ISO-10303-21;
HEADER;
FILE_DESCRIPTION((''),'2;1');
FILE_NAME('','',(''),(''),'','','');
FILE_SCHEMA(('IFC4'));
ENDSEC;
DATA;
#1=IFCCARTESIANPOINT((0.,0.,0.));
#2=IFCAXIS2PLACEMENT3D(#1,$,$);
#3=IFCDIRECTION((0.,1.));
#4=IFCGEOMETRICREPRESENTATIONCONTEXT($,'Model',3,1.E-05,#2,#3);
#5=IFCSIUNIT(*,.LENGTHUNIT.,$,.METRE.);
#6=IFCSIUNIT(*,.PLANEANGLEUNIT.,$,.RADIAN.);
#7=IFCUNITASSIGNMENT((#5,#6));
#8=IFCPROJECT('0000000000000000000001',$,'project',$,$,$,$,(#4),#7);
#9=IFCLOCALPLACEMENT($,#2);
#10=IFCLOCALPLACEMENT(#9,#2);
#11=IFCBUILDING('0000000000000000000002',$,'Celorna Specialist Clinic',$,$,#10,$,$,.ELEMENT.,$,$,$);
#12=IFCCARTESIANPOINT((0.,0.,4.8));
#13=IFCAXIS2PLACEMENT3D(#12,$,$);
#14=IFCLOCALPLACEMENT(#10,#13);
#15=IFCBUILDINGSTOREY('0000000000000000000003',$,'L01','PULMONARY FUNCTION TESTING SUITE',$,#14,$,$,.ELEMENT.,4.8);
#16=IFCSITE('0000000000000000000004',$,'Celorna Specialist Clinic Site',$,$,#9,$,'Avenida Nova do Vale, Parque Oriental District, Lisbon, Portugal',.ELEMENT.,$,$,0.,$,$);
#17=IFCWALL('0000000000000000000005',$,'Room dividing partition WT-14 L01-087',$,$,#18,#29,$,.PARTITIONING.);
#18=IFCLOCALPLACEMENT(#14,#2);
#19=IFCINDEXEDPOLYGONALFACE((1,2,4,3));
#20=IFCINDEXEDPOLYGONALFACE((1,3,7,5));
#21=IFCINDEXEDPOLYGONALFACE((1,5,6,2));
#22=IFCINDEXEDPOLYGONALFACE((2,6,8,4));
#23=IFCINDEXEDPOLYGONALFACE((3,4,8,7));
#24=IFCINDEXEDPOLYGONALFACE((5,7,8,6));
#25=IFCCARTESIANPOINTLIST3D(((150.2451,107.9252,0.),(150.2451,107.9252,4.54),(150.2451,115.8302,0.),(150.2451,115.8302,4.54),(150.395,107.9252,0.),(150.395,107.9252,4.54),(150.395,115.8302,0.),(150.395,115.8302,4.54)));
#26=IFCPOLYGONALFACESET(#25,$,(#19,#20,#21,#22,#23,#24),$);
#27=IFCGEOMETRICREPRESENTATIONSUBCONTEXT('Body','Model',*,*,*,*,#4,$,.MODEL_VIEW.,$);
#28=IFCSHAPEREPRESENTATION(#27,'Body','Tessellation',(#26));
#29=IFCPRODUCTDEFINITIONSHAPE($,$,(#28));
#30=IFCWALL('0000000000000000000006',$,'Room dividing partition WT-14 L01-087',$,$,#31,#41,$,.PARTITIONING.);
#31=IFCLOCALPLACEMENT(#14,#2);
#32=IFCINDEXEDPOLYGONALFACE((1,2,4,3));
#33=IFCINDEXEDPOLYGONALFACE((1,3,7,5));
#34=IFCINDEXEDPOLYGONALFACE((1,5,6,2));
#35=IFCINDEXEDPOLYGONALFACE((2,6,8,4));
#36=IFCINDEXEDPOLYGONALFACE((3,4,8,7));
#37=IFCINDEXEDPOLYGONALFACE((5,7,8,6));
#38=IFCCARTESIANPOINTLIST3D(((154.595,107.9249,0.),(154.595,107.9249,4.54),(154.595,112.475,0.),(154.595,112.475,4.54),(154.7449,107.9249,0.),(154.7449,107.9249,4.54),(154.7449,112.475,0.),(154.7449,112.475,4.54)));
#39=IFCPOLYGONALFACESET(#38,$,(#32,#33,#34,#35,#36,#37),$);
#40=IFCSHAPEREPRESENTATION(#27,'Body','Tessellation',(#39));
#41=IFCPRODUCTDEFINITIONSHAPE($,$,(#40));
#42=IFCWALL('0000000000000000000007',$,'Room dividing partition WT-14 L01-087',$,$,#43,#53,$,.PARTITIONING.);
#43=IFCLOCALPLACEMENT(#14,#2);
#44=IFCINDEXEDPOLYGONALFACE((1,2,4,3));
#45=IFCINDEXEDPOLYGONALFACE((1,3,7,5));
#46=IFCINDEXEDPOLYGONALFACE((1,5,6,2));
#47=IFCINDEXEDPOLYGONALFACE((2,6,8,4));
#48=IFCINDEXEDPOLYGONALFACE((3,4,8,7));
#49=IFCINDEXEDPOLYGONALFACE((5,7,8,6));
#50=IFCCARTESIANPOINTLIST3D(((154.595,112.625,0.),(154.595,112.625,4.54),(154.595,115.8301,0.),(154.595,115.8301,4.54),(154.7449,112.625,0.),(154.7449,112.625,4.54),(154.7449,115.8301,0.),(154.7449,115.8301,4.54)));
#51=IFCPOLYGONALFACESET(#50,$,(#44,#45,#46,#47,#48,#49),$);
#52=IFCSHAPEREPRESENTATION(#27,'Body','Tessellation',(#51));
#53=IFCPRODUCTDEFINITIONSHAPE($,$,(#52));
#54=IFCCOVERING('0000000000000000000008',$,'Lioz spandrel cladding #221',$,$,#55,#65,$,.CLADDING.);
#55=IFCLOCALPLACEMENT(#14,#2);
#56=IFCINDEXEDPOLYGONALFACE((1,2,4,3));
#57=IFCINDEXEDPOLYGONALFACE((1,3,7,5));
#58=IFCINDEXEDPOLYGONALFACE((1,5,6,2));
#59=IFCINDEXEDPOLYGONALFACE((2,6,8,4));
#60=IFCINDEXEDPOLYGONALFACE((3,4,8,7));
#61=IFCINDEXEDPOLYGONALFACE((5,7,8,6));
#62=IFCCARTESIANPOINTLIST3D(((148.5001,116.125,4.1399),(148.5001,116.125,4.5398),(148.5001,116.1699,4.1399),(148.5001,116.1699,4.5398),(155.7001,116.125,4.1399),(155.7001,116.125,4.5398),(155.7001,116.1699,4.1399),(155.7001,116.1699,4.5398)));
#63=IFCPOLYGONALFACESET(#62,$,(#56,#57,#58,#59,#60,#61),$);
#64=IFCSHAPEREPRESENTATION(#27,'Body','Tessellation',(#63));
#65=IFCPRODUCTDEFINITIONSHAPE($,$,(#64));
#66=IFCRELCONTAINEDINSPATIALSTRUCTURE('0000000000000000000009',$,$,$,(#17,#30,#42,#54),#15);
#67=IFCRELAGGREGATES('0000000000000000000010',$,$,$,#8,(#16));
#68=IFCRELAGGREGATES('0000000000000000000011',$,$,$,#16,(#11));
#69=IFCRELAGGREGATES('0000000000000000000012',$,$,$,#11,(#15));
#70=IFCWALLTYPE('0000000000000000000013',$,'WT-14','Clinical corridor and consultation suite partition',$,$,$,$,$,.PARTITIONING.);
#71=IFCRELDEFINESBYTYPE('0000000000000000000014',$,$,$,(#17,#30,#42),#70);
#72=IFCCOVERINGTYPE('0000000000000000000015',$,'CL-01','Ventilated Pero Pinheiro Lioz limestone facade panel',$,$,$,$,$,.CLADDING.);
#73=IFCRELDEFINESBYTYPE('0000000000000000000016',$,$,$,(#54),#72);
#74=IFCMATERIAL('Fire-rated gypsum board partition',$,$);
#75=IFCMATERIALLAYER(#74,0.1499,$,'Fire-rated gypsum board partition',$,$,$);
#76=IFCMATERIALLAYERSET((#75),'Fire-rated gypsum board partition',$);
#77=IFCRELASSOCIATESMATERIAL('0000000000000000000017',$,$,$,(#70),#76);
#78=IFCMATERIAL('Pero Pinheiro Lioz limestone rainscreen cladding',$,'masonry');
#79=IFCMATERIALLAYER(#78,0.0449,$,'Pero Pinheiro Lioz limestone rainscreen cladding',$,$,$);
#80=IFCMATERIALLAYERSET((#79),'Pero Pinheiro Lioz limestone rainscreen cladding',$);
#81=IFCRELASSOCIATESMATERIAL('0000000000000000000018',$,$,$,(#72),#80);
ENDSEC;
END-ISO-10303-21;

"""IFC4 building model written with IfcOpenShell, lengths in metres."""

from ifc_helpers import new_model, si_unit, direction, frame, frame_2d, origin, origin_2d, place, context, subcontext, project, spatial, rectangle, extrude, material, layer, layer_set, type_object, element, save


model = new_model("IFC4")

# Units and contexts
model_context = context("Model", 3, precision=1e-05, world=origin(), true_north=direction((0.0, 1.0)))
body_context = subcontext(model_context, "Body", "Model", "MODEL_VIEW")
ifc_project = project(units=[si_unit("LENGTHUNIT", "METRE"), si_unit("PLANEANGLEUNIT", "RADIAN")], contexts=[model_context])

# Site, building, storey
site_placement = place(None, origin())
site = spatial("IfcSite", under=ifc_project, at=site_placement, Name="Celorna Specialist Clinic Site", LongName="Avenida Nova do Vale, Parque Oriental District, Lisbon, Portugal", CompositionType="ELEMENT", RefElevation=0.0)
building_placement = place(site_placement, origin())
building = spatial("IfcBuilding", under=site, at=building_placement, Name="Celorna Specialist Clinic", CompositionType="ELEMENT")
storey_placement = place(building_placement, frame((0.0, 0.0, 4.8)))
storey = spatial("IfcBuildingStorey", under=building, at=storey_placement, Name="L01", Description="PULMONARY FUNCTION TESTING SUITE", CompositionType="ELEMENT", Elevation=4.8)

# Shared definitions
ifc_material_1 = material(Name="Fire-rated gypsum board partition")
ifc_layer_1 = layer(ifc_material_1, 0.1499, Name="Fire-rated gypsum board partition")
ifc_layer_set_1 = layer_set([ifc_layer_1], Name="Fire-rated gypsum board partition")
wall_type_1 = type_object("IfcWallType", Name="WT-14", Description="Clinical corridor and consultation suite partition", PredefinedType="PARTITIONING", material=ifc_layer_set_1)

# Walls
wall_1_placement = place(storey_placement, frame((150.3201, 107.925, 0.0), z_axis=(0.0, 0.0, 1.0), x_axis=(0.0, 1.0, 0.0)))
element("IfcWall", 1, at=wall_1_placement, inside=storey, type_object=wall_type_1, Name="Room dividing partition WT-14 L01-087", PredefinedType="PARTITIONING", context=body_context, shape_type="SweptSolid", body=[
    extrude(rectangle(XDim=7.905, YDim=0.1499, at=frame_2d((3.9526, 0.0))), origin(), (0.0, 0.0, 1.0), 4.54),
])
wall_2_placement = place(storey_placement, frame((154.6699, 107.925, 0.0), z_axis=(0.0, 0.0, 1.0), x_axis=(0.0, 1.0, 0.0)))
element("IfcWall", 2, at=wall_2_placement, inside=storey, type_object=wall_type_1, Name="Room dividing partition WT-14 L01-087", PredefinedType="PARTITIONING", context=body_context, shape_type="SweptSolid", body=[
    extrude(rectangle(XDim=4.55, YDim=0.1499, at=frame_2d((2.2749, 0.0))), origin(), (0.0, 0.0, 1.0), 4.54),
])
wall_3_placement = place(storey_placement, frame((154.6699, 112.625, 0.0), z_axis=(0.0, 0.0, 1.0), x_axis=(0.0, 1.0, 0.0)))
element("IfcWall", 3, at=wall_3_placement, inside=storey, type_object=wall_type_1, Name="Room dividing partition WT-14 L01-087", PredefinedType="PARTITIONING", context=body_context, shape_type="SweptSolid", body=[
    extrude(rectangle(XDim=3.2051, YDim=0.1499, at=frame_2d((1.6025, 0.0))), origin(), (0.0, 0.0, 1.0), 4.54),
])

# Covering
ifc_material_2 = material(Name="Pero Pinheiro Lioz limestone rainscreen cladding", Category="masonry")
ifc_layer_2 = layer(ifc_material_2, 0.0449, Name="Pero Pinheiro Lioz limestone rainscreen cladding")
ifc_layer_set_2 = layer_set([ifc_layer_2], Name="Pero Pinheiro Lioz limestone rainscreen cladding")
covering_type = type_object("IfcCoveringType", Name="CL-01", Description="Ventilated Pero Pinheiro Lioz limestone facade panel", PredefinedType="CLADDING", material=ifc_layer_set_2)
covering_placement = place(storey_placement, frame((152.1001, 116.1475, 4.1399), z_axis=(0.0, 0.0, 1.0), x_axis=(1.0, 0.0, 0.0)))
element("IfcCovering", 4, at=covering_placement, inside=storey, type_object=covering_type, Name="Lioz spandrel cladding #221", PredefinedType="CLADDING", context=body_context, shape_type="SweptSolid", body=[
    extrude(rectangle(XDim=7.2, YDim=0.0449, at=origin_2d()), origin(), (0.0, 0.0, 1.0), 0.3999),
])

save(model, "model.ifc")
